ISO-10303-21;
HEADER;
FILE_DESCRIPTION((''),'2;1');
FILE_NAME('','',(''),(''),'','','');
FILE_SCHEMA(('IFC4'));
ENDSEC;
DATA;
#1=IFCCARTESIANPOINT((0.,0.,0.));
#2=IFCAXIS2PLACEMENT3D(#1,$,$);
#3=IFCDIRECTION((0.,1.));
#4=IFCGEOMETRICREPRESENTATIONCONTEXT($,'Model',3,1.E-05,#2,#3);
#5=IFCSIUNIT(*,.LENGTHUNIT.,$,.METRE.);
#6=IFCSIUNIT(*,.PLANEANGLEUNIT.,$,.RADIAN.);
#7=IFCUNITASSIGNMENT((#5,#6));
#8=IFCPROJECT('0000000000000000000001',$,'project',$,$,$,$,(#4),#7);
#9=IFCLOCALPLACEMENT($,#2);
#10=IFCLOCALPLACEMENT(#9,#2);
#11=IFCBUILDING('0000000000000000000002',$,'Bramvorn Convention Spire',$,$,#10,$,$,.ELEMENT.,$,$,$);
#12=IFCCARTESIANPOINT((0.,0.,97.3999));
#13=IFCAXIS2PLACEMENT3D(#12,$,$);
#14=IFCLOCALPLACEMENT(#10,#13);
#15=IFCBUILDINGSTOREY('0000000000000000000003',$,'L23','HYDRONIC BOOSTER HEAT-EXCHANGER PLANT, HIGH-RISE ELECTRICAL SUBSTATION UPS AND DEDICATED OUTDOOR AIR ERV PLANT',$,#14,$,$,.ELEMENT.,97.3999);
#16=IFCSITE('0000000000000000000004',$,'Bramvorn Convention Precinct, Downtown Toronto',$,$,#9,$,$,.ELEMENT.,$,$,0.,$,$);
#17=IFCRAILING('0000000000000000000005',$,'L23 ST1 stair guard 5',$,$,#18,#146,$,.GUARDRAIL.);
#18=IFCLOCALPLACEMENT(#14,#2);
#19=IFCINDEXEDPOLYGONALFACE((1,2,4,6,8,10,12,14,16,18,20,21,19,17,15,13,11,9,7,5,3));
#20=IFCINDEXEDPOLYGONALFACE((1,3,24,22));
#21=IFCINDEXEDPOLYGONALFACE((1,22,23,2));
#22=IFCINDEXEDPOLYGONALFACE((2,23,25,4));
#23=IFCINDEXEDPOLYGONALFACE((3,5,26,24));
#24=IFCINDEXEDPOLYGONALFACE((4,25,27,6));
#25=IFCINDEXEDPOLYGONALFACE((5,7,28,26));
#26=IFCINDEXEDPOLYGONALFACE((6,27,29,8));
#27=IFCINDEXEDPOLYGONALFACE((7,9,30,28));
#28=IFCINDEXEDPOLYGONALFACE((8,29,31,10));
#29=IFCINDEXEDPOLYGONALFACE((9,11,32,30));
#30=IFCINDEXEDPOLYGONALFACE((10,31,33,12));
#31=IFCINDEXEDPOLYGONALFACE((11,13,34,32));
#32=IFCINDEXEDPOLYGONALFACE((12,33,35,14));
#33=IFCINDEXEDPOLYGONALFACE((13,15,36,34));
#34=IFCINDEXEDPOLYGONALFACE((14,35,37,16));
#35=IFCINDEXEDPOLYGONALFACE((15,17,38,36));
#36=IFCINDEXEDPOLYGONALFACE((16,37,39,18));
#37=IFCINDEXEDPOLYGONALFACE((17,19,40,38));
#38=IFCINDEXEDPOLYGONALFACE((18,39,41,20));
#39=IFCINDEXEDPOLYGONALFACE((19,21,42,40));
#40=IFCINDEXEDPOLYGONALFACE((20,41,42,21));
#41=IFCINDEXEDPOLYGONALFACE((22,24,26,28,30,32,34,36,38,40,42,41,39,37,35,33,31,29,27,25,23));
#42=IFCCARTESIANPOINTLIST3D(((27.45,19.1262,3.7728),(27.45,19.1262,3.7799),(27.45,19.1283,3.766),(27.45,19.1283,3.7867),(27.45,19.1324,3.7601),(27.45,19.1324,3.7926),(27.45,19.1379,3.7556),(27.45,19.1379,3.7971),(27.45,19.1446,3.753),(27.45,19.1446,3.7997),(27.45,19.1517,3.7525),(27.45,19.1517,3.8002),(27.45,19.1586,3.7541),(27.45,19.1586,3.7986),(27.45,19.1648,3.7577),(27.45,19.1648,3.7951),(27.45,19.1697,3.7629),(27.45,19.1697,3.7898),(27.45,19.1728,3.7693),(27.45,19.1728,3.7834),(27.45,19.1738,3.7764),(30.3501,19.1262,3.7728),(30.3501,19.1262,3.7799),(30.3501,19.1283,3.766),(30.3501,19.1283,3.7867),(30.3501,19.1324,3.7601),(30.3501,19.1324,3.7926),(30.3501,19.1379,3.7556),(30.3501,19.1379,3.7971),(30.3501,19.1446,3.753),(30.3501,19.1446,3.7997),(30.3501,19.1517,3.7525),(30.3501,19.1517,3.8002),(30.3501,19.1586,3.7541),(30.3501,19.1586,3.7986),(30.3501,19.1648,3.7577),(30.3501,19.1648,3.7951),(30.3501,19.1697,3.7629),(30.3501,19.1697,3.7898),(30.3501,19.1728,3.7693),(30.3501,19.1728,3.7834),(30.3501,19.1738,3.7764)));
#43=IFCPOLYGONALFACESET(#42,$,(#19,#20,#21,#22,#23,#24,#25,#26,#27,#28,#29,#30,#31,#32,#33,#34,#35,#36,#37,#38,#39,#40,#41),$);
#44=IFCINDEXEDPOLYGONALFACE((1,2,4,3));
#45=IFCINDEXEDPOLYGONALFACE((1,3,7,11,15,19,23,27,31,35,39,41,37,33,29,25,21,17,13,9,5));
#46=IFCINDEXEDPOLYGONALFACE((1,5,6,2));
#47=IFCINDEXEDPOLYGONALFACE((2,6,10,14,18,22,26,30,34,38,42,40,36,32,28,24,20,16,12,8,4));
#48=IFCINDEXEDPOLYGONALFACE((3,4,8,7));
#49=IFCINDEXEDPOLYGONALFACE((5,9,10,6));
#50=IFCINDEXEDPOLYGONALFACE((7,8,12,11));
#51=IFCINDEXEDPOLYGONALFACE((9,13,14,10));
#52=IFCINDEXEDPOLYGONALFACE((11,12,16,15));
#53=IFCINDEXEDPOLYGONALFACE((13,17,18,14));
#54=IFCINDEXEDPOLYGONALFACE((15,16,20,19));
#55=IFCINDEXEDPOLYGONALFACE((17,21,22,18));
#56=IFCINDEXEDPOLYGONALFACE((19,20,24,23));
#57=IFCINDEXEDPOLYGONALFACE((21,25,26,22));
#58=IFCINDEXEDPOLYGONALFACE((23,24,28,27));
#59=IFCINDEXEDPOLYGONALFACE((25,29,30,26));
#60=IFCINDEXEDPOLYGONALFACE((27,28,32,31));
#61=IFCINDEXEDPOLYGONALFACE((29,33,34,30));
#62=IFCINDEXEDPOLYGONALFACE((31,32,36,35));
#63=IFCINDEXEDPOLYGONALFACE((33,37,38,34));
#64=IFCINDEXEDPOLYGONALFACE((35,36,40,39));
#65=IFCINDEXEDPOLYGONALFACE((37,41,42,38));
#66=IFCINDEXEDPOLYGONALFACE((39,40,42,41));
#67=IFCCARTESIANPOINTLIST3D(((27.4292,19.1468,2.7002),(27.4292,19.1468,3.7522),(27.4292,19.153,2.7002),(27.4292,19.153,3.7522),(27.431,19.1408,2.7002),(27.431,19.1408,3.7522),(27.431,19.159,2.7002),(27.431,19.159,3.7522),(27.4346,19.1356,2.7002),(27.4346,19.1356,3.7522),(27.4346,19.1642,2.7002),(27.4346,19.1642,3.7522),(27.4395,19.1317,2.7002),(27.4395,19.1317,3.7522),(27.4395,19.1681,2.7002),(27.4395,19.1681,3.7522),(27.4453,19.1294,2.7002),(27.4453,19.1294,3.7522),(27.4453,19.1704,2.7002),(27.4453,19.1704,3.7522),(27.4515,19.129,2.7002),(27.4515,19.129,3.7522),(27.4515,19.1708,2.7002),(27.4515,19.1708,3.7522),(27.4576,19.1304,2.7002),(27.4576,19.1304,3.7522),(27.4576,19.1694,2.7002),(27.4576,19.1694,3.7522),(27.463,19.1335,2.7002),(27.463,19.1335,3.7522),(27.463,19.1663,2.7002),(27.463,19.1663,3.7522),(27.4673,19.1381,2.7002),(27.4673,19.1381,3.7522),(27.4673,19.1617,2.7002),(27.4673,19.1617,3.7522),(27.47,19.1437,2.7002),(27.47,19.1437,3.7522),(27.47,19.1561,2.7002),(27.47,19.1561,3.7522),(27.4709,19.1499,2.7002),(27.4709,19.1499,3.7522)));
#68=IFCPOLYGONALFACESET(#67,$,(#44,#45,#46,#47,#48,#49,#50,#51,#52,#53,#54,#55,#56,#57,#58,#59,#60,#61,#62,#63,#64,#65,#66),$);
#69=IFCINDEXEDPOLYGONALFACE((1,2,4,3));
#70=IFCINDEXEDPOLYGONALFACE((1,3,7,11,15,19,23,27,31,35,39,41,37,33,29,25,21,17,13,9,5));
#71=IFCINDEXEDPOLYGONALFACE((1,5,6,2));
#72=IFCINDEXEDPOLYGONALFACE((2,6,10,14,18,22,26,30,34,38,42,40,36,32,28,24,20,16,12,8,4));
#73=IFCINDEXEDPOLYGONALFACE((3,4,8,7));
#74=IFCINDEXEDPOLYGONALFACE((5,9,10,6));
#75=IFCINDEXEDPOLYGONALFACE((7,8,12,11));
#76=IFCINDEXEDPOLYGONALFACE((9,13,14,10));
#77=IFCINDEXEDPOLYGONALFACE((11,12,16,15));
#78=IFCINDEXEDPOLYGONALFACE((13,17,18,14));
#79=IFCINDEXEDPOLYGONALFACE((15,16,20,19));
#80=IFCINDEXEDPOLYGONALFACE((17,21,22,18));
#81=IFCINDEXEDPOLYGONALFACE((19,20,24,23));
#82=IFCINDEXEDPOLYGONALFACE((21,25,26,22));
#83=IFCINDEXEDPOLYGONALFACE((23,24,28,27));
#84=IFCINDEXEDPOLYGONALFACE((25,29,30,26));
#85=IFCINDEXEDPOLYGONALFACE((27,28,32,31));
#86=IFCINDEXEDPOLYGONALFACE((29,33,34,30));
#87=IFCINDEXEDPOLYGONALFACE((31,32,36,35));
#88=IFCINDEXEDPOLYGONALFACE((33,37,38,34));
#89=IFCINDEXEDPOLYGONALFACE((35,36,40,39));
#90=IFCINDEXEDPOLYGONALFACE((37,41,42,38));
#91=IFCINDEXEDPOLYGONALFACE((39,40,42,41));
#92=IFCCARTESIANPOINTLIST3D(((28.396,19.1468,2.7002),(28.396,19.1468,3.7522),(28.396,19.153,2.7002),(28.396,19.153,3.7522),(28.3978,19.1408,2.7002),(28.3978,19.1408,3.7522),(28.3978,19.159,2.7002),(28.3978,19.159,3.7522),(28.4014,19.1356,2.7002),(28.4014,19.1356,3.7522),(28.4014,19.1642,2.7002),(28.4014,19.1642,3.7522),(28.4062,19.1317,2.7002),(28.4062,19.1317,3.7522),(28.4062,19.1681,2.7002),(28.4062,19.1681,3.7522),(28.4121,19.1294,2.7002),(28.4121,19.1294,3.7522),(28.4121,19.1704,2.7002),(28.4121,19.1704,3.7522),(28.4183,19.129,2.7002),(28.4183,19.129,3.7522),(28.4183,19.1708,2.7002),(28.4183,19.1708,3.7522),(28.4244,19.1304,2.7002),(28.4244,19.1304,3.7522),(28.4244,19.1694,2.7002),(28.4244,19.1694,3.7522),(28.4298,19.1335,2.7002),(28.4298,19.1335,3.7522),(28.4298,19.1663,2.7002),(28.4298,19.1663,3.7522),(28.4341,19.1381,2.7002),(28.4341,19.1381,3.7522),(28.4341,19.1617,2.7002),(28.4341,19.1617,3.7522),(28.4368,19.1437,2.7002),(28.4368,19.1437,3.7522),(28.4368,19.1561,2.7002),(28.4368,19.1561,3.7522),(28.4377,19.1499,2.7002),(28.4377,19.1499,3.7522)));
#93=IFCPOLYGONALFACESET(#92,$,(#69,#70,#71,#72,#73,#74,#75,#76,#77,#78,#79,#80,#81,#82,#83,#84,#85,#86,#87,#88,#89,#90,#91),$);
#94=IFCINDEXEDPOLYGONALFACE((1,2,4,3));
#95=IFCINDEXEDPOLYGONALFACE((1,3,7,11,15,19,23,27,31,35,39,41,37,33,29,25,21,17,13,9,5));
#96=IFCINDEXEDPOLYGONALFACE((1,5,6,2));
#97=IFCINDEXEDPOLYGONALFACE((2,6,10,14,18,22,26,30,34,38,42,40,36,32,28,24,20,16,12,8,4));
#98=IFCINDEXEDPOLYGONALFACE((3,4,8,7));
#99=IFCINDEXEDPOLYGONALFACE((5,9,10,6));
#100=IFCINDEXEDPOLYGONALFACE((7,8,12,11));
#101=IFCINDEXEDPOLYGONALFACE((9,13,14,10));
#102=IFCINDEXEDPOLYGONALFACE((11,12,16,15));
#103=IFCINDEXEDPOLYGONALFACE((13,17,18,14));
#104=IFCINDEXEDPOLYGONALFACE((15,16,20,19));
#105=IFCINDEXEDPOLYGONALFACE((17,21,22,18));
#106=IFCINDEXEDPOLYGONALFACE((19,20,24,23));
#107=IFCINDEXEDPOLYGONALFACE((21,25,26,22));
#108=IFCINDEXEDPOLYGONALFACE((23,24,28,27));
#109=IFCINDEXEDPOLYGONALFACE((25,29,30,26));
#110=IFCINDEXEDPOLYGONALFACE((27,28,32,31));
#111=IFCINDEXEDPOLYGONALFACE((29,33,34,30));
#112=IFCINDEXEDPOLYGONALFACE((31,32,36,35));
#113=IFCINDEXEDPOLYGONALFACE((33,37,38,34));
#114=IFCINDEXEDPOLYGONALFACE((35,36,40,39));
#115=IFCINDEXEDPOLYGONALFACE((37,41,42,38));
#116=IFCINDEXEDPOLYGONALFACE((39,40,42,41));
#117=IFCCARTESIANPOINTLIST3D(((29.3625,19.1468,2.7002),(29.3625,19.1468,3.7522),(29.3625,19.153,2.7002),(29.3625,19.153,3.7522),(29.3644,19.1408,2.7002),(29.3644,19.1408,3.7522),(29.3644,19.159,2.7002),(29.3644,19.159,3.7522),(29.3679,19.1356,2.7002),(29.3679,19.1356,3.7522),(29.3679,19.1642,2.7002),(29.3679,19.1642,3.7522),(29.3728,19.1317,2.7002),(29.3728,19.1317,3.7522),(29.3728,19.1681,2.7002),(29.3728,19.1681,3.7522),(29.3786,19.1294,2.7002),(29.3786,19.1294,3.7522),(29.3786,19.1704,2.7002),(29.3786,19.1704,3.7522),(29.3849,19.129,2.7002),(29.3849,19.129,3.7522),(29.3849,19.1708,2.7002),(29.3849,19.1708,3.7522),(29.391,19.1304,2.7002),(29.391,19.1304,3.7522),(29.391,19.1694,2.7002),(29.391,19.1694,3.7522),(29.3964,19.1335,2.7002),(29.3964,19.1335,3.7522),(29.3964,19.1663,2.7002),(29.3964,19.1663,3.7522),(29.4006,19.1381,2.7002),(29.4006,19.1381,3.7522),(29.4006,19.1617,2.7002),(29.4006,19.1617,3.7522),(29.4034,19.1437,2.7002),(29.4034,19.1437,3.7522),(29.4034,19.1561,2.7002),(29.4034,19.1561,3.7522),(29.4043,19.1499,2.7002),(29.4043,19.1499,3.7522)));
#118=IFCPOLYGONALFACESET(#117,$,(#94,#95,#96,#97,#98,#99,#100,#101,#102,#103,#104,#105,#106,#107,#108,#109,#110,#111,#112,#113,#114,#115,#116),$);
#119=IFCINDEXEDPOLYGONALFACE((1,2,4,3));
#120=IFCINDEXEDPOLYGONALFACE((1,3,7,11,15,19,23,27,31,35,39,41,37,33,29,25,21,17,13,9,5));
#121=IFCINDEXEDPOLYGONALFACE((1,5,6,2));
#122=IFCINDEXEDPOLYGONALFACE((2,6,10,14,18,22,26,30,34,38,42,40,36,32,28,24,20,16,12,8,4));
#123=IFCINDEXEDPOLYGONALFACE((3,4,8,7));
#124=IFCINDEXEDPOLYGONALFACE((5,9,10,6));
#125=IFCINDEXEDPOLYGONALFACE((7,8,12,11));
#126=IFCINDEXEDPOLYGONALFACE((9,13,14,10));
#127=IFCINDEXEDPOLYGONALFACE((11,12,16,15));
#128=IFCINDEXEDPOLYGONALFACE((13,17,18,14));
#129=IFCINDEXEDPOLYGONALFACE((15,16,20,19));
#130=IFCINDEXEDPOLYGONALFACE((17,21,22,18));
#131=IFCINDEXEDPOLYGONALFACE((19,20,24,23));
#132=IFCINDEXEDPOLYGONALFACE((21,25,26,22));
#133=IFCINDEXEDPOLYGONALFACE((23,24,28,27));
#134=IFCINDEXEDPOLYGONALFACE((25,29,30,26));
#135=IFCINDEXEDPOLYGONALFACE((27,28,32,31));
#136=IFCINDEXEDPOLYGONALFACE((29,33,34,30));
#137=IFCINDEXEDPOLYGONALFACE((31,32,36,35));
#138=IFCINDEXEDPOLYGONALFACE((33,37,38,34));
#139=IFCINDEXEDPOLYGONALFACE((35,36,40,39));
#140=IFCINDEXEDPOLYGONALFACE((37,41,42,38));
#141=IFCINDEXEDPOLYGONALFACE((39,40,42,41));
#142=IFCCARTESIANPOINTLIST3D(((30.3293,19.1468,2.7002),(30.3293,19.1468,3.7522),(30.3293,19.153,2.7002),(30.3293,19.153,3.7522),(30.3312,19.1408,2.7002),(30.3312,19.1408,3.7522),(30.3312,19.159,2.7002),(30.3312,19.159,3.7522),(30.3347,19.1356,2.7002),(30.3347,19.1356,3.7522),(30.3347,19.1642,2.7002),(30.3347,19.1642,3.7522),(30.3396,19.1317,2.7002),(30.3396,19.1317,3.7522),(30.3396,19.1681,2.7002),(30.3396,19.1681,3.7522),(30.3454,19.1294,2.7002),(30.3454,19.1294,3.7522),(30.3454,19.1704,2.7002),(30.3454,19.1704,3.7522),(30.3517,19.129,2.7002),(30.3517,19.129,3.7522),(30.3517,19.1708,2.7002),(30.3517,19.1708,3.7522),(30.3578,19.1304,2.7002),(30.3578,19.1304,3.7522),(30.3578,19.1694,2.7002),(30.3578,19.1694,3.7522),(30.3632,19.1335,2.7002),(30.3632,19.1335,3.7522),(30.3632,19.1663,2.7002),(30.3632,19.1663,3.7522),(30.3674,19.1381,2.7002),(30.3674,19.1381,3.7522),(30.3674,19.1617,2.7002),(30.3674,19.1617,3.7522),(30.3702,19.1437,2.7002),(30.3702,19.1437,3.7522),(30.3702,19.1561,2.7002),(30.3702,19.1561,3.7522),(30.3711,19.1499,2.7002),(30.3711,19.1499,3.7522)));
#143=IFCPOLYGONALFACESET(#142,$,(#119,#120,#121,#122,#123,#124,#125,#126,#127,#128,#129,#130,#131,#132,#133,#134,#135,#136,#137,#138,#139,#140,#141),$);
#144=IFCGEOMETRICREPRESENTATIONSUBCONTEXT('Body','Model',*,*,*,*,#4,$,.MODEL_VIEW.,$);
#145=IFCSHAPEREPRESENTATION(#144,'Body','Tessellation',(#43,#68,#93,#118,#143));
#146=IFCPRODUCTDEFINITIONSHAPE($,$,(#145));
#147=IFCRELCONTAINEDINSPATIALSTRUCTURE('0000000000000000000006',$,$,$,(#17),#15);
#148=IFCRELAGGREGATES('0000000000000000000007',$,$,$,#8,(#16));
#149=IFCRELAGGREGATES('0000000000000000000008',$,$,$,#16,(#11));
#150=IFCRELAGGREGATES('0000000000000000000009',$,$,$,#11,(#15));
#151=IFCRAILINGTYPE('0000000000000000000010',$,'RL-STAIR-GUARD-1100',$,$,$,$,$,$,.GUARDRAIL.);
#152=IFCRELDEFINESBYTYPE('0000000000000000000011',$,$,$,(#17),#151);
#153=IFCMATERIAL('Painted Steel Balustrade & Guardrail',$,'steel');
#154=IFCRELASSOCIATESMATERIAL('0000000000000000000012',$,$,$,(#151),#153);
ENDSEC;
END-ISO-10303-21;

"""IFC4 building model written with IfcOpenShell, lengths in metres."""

from ifc_helpers import new_model, si_unit, direction, frame, origin, origin_2d, place, context, subcontext, project, spatial, circle, extrude, material, type_object, element, save


model = new_model("IFC4")

# Units and contexts
model_context = context("Model", 3, precision=1e-05, world=origin(), true_north=direction((0.0, 1.0)))
body_context = subcontext(model_context, "Body", "Model", "MODEL_VIEW")
ifc_project = project(units=[si_unit("LENGTHUNIT", "METRE"), si_unit("PLANEANGLEUNIT", "RADIAN")], contexts=[model_context])

# Site, building, storey
site_placement = place(None, origin())
site = spatial("IfcSite", under=ifc_project, at=site_placement, Name="Bramvorn Convention Precinct, Downtown Toronto", CompositionType="ELEMENT", RefElevation=0.0)
building_placement = place(site_placement, origin())
building = spatial("IfcBuilding", under=site, at=building_placement, Name="Bramvorn Convention Spire", CompositionType="ELEMENT")
storey_placement = place(building_placement, frame((0.0, 0.0, 97.3999)))
storey = spatial("IfcBuildingStorey", under=building, at=storey_placement, Name="L23", Description="HYDRONIC BOOSTER HEAT-EXCHANGER PLANT, HIGH-RISE ELECTRICAL SUBSTATION UPS AND DEDICATED OUTDOOR AIR ERV PLANT", CompositionType="ELEMENT", Elevation=97.3999)

# Railing
ifc_material_1 = material(Name="Painted Steel Balustrade & Guardrail", Category="steel")
railing_type = type_object("IfcRailingType", Name="RL-STAIR-GUARD-1100", PredefinedType="GUARDRAIL", material=ifc_material_1)
railing_1_placement = place(storey_placement, frame((27.45, 19.1499, 2.7002)))
element("IfcRailing", 1, at=railing_1_placement, inside=storey, type_object=railing_type, Name="L23 ST1 stair guard 5", PredefinedType="GUARDRAIL", context=body_context, shape_type="SweptSolid", body=[
    extrude(circle(Radius=0.0239, at=origin_2d()), frame((0.0, 0.0, 1.0762), z_axis=(1.0, 0.0, 0.0), x_axis=(0.0, 1.0, 0.0)), (0.0, 0.0, 1.0), 2.9001),
    extrude(circle(Radius=0.021, at=origin_2d()), origin(), (0.0, 0.0, 1.0), 1.052),
    extrude(circle(Radius=0.021, at=origin_2d()), frame((0.9668, 0.0, 0.0)), (0.0, 0.0, 1.0), 1.052),
    extrude(circle(Radius=0.021, at=origin_2d()), frame((1.9333, 0.0, 0.0)), (0.0, 0.0, 1.0), 1.052),
    extrude(circle(Radius=0.021, at=origin_2d()), frame((2.9001, 0.0, 0.0)), (0.0, 0.0, 1.0), 1.052),
])

save(model, "model.ifc")
